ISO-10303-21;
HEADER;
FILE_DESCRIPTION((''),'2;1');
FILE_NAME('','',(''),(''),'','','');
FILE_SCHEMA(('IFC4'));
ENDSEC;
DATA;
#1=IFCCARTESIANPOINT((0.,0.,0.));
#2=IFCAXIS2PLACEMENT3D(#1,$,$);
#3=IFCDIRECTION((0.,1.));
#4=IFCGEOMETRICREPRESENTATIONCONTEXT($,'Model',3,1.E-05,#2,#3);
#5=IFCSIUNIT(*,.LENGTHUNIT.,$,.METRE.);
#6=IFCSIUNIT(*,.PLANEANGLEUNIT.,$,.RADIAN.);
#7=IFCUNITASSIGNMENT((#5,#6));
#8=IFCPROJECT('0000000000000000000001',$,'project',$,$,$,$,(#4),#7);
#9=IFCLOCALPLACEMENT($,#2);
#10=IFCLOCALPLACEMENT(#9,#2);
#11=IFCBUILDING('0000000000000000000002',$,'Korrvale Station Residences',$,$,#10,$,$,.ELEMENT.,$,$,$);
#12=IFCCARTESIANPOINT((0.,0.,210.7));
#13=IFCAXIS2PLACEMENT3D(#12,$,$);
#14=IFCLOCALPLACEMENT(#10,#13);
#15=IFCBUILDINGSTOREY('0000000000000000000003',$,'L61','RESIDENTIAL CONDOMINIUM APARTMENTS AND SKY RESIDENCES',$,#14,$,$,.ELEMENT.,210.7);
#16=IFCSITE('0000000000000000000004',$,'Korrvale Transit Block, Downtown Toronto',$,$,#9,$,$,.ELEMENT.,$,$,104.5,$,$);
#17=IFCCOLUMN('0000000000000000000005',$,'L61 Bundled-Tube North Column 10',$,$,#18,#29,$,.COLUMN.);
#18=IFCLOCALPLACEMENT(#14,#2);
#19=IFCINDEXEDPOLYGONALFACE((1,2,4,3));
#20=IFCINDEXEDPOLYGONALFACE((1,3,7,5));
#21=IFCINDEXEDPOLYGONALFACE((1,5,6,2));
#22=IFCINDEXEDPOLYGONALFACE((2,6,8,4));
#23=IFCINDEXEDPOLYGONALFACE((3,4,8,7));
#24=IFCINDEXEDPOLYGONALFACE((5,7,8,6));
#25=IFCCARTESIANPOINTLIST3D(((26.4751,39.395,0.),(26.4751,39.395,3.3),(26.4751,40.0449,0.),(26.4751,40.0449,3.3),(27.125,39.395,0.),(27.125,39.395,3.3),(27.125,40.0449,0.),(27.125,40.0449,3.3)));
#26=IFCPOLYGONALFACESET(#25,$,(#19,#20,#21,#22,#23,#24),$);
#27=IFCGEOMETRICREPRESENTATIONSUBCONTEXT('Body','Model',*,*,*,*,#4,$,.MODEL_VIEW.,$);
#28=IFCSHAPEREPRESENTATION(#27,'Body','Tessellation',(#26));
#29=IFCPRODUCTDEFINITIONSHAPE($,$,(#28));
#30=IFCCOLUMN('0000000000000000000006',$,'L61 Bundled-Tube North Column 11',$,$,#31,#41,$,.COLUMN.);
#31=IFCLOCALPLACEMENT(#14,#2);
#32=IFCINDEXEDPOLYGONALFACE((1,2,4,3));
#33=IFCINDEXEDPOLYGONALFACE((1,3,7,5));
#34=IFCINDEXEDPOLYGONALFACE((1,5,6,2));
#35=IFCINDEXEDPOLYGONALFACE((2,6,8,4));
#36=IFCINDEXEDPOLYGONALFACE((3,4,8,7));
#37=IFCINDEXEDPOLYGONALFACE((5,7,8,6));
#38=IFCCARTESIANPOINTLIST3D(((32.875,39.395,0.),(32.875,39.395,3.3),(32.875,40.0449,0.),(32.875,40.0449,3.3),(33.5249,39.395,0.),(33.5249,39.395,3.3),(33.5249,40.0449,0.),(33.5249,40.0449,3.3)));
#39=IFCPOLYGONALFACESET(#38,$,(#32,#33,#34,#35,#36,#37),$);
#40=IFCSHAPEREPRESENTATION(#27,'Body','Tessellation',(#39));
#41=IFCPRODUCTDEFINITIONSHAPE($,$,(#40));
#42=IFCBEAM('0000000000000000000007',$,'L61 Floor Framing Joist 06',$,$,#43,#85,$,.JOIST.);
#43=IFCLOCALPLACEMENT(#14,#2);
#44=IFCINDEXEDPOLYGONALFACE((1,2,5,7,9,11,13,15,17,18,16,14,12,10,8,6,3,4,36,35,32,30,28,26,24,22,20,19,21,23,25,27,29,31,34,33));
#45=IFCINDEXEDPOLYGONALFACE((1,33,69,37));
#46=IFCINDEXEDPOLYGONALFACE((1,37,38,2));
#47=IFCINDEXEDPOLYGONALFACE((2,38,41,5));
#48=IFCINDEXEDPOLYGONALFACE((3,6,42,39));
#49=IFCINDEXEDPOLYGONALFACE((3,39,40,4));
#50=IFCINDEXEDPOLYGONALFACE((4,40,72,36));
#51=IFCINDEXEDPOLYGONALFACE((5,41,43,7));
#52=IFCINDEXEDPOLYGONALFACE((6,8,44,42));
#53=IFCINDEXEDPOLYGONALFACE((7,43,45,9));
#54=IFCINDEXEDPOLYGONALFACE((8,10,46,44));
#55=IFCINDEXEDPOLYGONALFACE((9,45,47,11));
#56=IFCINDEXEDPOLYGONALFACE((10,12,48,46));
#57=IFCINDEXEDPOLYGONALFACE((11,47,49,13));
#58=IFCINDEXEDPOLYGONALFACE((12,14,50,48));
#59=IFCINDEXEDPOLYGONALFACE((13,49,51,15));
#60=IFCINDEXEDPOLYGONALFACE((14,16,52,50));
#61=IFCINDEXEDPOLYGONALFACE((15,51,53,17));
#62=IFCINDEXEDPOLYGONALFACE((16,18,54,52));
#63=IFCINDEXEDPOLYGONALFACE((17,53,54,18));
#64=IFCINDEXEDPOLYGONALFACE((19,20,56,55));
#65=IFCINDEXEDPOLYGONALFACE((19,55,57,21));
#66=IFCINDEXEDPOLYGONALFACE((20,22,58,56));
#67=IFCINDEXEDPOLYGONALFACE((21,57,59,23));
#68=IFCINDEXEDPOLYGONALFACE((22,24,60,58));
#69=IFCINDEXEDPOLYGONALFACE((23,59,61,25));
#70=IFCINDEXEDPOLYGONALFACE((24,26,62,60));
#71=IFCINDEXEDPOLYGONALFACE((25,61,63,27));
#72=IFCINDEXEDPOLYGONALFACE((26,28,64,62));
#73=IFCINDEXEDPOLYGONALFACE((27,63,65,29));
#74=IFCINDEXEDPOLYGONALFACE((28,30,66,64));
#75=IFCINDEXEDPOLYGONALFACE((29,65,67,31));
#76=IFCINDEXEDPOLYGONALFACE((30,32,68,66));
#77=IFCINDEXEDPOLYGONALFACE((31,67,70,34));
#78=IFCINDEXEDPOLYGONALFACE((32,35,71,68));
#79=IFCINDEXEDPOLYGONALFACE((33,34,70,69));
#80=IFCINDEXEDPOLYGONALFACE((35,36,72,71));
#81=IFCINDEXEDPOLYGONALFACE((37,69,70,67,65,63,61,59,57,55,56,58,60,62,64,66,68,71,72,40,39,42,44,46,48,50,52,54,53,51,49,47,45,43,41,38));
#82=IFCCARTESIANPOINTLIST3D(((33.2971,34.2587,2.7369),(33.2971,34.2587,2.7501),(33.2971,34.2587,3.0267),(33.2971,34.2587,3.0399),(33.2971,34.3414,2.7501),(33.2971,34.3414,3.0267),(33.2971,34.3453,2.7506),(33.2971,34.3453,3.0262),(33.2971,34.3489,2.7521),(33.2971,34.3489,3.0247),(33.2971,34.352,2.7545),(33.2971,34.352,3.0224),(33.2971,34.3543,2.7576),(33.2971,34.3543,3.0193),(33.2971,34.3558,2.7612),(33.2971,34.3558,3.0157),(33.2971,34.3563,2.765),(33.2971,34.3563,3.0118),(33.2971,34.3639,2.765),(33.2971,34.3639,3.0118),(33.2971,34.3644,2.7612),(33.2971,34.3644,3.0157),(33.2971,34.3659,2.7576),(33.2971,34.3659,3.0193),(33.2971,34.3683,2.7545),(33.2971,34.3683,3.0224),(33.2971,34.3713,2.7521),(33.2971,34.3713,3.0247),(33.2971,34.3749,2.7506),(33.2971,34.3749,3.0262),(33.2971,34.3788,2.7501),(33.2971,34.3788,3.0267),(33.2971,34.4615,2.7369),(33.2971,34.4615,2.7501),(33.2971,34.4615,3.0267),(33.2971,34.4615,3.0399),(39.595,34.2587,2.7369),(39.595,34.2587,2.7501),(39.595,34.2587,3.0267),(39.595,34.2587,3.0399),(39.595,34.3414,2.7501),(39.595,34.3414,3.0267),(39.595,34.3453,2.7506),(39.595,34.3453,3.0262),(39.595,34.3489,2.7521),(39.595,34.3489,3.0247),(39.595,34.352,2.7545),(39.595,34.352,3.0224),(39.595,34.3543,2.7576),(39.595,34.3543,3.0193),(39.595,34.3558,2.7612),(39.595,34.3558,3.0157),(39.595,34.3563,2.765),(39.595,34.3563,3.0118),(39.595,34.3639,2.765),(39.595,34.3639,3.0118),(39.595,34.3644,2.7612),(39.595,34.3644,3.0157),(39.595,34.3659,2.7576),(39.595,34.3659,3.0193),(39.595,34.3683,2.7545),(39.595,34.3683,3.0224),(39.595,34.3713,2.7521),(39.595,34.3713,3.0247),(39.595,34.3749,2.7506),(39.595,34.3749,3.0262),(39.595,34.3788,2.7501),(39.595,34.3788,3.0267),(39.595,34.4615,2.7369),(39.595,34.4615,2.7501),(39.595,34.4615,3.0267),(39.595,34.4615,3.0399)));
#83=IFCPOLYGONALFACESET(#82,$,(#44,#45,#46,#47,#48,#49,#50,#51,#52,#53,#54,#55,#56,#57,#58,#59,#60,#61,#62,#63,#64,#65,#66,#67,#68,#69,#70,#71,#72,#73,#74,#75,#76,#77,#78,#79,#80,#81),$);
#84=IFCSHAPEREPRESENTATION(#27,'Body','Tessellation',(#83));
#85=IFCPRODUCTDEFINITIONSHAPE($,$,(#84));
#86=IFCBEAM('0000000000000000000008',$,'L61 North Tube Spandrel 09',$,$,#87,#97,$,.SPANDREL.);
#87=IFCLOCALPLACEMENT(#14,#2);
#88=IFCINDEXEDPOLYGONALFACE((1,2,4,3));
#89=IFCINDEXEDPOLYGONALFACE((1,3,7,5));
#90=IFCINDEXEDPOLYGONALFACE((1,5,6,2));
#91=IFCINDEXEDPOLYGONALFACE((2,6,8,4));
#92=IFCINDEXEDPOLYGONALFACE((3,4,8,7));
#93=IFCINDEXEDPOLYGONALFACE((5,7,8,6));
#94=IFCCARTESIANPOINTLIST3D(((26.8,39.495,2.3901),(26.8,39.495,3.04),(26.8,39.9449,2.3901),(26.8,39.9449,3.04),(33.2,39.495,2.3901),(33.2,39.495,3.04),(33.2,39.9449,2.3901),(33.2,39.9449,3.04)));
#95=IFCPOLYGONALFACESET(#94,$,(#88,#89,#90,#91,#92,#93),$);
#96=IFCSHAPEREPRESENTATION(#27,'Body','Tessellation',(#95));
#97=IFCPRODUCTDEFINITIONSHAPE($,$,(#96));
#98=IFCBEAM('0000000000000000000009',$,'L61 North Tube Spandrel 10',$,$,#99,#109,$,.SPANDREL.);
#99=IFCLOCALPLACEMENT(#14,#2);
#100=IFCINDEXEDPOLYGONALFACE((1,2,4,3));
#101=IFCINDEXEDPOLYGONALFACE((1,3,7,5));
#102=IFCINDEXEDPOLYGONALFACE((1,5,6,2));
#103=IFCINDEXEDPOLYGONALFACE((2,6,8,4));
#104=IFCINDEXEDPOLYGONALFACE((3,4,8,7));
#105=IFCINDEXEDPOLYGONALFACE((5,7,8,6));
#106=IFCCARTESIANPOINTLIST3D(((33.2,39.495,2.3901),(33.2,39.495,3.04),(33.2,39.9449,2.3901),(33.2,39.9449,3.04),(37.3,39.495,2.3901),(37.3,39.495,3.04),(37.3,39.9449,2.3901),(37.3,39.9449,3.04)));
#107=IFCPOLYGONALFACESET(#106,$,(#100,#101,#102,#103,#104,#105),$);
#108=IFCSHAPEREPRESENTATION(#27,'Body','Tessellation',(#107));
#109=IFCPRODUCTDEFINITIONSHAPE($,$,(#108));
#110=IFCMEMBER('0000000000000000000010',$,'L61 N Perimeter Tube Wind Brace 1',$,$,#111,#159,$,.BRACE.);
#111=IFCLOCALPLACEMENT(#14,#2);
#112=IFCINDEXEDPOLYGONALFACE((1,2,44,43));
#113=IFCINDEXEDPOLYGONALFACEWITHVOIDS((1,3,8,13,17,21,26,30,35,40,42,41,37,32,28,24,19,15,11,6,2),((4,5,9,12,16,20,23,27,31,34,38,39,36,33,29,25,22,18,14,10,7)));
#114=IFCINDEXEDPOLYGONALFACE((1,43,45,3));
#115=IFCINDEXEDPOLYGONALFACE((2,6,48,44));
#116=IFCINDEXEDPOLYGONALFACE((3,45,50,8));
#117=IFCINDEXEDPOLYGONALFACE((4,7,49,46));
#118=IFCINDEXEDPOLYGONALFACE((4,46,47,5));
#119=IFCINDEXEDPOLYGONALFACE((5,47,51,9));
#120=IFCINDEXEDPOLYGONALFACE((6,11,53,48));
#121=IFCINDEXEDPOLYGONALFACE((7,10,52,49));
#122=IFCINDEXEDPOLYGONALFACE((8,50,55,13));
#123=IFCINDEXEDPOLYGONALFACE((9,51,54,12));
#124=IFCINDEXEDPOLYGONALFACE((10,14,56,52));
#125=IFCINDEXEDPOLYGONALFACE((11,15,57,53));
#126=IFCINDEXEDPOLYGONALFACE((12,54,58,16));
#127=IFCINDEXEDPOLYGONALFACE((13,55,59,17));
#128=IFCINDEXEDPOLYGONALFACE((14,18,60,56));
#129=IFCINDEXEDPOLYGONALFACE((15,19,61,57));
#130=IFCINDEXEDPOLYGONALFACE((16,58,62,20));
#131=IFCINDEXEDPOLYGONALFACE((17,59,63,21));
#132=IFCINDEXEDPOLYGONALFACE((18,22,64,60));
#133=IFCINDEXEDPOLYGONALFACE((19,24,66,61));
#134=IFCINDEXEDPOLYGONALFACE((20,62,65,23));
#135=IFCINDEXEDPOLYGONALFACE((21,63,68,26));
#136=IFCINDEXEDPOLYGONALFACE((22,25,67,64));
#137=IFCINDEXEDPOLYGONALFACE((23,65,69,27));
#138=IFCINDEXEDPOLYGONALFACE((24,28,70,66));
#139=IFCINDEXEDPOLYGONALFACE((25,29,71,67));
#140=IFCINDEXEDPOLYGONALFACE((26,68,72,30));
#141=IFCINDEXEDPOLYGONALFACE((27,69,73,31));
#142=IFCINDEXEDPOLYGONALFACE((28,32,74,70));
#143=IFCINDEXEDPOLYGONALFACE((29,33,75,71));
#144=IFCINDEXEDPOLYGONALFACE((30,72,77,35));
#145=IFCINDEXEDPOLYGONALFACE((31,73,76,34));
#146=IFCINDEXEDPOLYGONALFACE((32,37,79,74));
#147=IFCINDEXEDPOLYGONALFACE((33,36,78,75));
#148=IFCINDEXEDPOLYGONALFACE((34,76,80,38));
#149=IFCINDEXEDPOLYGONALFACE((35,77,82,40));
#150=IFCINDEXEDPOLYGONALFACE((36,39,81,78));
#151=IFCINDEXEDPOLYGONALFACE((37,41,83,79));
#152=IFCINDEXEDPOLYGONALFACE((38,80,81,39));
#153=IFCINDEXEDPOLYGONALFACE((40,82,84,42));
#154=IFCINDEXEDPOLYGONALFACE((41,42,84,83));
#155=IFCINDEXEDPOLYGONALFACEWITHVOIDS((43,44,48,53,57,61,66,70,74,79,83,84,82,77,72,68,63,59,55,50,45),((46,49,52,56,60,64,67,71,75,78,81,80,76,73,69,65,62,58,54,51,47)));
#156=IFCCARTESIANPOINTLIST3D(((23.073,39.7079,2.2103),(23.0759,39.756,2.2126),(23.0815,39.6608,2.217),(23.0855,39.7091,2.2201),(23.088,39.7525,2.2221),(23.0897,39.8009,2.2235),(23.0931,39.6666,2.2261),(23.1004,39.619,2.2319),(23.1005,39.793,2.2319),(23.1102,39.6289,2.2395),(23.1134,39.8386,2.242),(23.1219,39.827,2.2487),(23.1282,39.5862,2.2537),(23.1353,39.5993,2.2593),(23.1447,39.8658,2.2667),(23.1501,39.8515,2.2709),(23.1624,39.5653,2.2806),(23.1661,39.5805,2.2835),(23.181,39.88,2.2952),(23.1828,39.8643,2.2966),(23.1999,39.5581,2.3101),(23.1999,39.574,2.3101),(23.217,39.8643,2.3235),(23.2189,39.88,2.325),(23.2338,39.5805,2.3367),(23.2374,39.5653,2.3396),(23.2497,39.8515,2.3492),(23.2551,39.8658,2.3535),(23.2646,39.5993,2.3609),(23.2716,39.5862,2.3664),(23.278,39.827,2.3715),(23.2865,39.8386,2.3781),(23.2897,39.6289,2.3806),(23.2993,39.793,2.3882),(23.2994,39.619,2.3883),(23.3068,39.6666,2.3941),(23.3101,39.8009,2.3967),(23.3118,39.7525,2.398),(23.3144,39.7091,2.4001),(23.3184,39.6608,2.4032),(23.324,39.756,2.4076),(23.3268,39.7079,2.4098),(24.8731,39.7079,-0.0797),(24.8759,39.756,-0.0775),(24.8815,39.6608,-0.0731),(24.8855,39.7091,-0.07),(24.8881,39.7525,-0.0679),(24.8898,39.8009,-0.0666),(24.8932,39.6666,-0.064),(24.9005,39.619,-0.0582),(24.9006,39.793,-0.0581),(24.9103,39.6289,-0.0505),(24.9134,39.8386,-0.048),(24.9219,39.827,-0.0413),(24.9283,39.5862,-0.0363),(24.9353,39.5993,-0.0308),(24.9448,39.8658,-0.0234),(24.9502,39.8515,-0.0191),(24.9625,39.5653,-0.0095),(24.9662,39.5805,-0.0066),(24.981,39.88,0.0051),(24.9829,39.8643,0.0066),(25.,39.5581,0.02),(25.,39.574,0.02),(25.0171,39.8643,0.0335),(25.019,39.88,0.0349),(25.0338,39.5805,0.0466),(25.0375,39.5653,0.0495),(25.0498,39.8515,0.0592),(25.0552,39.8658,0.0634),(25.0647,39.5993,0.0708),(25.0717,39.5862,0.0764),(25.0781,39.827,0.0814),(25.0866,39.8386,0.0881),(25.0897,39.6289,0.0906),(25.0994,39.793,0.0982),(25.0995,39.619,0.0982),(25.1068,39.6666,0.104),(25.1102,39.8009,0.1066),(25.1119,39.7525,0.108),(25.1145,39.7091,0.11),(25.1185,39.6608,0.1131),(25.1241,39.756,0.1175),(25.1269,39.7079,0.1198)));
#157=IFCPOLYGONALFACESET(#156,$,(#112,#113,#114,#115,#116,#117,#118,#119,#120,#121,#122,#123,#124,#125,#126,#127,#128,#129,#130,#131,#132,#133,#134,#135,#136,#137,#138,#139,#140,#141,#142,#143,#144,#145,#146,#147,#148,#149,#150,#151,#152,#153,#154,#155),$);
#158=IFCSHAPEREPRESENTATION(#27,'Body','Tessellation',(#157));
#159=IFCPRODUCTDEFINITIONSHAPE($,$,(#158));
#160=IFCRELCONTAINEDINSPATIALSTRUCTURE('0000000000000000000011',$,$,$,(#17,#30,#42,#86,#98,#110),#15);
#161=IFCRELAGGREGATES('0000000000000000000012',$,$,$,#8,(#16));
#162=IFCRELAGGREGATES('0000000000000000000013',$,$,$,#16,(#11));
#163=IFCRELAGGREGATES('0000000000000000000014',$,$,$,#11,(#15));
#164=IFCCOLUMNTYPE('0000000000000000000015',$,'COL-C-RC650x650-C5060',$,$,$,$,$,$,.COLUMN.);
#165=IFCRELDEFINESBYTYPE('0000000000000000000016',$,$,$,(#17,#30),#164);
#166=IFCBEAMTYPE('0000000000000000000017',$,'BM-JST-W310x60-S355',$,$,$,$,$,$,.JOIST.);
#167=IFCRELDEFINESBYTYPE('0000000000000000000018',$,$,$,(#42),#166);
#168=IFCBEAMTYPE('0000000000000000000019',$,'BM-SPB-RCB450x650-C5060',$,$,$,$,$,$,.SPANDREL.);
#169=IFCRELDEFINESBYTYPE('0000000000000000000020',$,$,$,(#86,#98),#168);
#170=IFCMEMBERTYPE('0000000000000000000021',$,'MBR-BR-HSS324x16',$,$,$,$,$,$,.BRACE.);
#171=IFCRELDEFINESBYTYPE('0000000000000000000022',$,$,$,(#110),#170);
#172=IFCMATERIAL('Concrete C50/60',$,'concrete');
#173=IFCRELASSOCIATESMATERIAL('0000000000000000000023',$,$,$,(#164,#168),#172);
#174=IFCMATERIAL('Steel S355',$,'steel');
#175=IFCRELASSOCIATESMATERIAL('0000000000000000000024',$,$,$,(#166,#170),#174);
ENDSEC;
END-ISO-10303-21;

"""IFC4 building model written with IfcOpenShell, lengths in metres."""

from ifc_helpers import new_model, si_unit, direction, frame, origin, origin_2d, place, context, subcontext, project, spatial, rectangle, hollow_circle, i_section, extrude, material, material_profile, profile_set, type_object, element, save


model = new_model("IFC4")

# Units and contexts
model_context = context("Model", 3, precision=1e-05, world=origin(), true_north=direction((0.0, 1.0)))
body_context = subcontext(model_context, "Body", "Model", "MODEL_VIEW")
ifc_project = project(units=[si_unit("LENGTHUNIT", "METRE"), si_unit("PLANEANGLEUNIT", "RADIAN")], contexts=[model_context])

# Site, building, storey
site_placement = place(None, origin())
site = spatial("IfcSite", under=ifc_project, at=site_placement, Name="Korrvale Transit Block, Downtown Toronto", CompositionType="ELEMENT", RefElevation=104.5)
building_placement = place(site_placement, origin())
building = spatial("IfcBuilding", under=site, at=building_placement, Name="Korrvale Station Residences", CompositionType="ELEMENT")
storey_placement = place(building_placement, frame((0.0, 0.0, 210.7)))
storey = spatial("IfcBuildingStorey", under=building, at=storey_placement, Name="L61", Description="RESIDENTIAL CONDOMINIUM APARTMENTS AND SKY RESIDENCES", CompositionType="ELEMENT", Elevation=210.7)

# Columns
ifc_material_1 = material(Name="Concrete C50/60", Category="concrete")
ifc_material_profile_1 = material_profile(ifc_material_1, rectangle(XDim=0.6499, YDim=0.6499, at=origin_2d()), Name="RC650x650")
ifc_profile_set_1 = profile_set([ifc_material_profile_1], Name="Concrete C50/60")
column_type = type_object("IfcColumnType", Name="COL-C-RC650x650-C5060", PredefinedType="COLUMN", material=ifc_profile_set_1)
for number, where, z_axis, x_axis, name in (
    (1, (26.8, 39.72, 0.0), (0.0, 0.0, 1.0), (1.0, 0.0, 0.0), "L61 Bundled-Tube North Column 10"),
    (2, (33.2, 39.72, 0.0), (0.0, 0.0, 1.0), (1.0, 0.0, 0.0), "L61 Bundled-Tube North Column 11"),
):
    element("IfcColumn", number, at=place(storey_placement, frame(where, z_axis=z_axis, x_axis=x_axis)), inside=storey, type_object=column_type, Name=name, PredefinedType="COLUMN", context=body_context, shape_type="SweptSolid", body=[
        extrude(rectangle(XDim=0.6499, YDim=0.6499, at=origin_2d()), origin(), (0.0, 0.0, 1.0), 3.3),
    ])

# Beams
ifc_material_2 = material(Name="Steel S355", Category="steel")
ifc_material_profile_2 = material_profile(ifc_material_2, i_section(OverallWidth=0.2029, OverallDepth=0.303, WebThickness=0.0076, FlangeThickness=0.0132, FilletRadius=0.0149, at=origin_2d()), Name="W310x60")
ifc_profile_set_2 = profile_set([ifc_material_profile_2], Name="Steel S355")
beam_type_1 = type_object("IfcBeamType", Name="BM-JST-W310x60-S355", PredefinedType="JOIST", material=ifc_profile_set_2)
beam_1_placement = place(storey_placement, frame((33.2971, 34.3601, 2.8884), z_axis=(1.0, 0.0, 0.0), x_axis=(0.0, 1.0, 0.0)))
element("IfcBeam", 3, at=beam_1_placement, inside=storey, type_object=beam_type_1, Name="L61 Floor Framing Joist 06", PredefinedType="JOIST", context=body_context, shape_type="SweptSolid", body=[
    extrude(i_section(OverallWidth=0.2029, OverallDepth=0.303, WebThickness=0.0076, FlangeThickness=0.0132, FilletRadius=0.0149, at=origin_2d()), origin(), (0.0, 0.0, 1.0), 6.2979),
])
ifc_material_profile_3 = material_profile(ifc_material_1, rectangle(XDim=0.45, YDim=0.6499, at=origin_2d()), Name="RCB450x650")
ifc_profile_set_3 = profile_set([ifc_material_profile_3], Name="Concrete C50/60")
beam_type_2 = type_object("IfcBeamType", Name="BM-SPB-RCB450x650-C5060", PredefinedType="SPANDREL", material=ifc_profile_set_3)
beam_2_placement = place(storey_placement, frame((26.8, 39.72, 2.7151), z_axis=(1.0, 0.0, 0.0), x_axis=(0.0, 1.0, 0.0)))
element("IfcBeam", 4, at=beam_2_placement, inside=storey, type_object=beam_type_2, Name="L61 North Tube Spandrel 09", PredefinedType="SPANDREL", context=body_context, shape_type="SweptSolid", body=[
    extrude(rectangle(XDim=0.45, YDim=0.6499, at=origin_2d()), origin(), (0.0, 0.0, 1.0), 6.3999),
])
beam_3_placement = place(storey_placement, frame((33.2, 39.72, 2.7151), z_axis=(1.0, 0.0, 0.0), x_axis=(0.0, 1.0, 0.0)))
element("IfcBeam", 5, at=beam_3_placement, inside=storey, type_object=beam_type_2, Name="L61 North Tube Spandrel 10", PredefinedType="SPANDREL", context=body_context, shape_type="SweptSolid", body=[
    extrude(rectangle(XDim=0.45, YDim=0.6499, at=origin_2d()), origin(), (0.0, 0.0, 1.0), 4.1001),
])

# Member
ifc_material_profile_4 = material_profile(ifc_material_2, hollow_circle(Radius=0.1619, WallThickness=0.0159, at=origin_2d()), Name="HSS324x16")
ifc_profile_set_4 = profile_set([ifc_material_profile_4], Name="Steel S355")
member_type = type_object("IfcMemberType", Name="MBR-BR-HSS324x16", PredefinedType="BRACE", material=ifc_profile_set_4)
for number, where, z_axis, x_axis, name in (
    (6, (25.0, 39.72, 0.02), (-0.617977, 0.0, 0.786196), (0.0, -1.0, 0.0), "L61 N Perimeter Tube Wind Brace 1"),
):
    element("IfcMember", number, at=place(storey_placement, frame(where, z_axis=z_axis, x_axis=x_axis)), inside=storey, type_object=member_type, Name=name, PredefinedType="BRACE", context=body_context, shape_type="SweptSolid", body=[
        extrude(hollow_circle(Radius=0.1619, WallThickness=0.0159, at=origin_2d()), origin(), (0.0, 0.0, 1.0), 2.9128),
    ])

save(model, "model.ifc")
